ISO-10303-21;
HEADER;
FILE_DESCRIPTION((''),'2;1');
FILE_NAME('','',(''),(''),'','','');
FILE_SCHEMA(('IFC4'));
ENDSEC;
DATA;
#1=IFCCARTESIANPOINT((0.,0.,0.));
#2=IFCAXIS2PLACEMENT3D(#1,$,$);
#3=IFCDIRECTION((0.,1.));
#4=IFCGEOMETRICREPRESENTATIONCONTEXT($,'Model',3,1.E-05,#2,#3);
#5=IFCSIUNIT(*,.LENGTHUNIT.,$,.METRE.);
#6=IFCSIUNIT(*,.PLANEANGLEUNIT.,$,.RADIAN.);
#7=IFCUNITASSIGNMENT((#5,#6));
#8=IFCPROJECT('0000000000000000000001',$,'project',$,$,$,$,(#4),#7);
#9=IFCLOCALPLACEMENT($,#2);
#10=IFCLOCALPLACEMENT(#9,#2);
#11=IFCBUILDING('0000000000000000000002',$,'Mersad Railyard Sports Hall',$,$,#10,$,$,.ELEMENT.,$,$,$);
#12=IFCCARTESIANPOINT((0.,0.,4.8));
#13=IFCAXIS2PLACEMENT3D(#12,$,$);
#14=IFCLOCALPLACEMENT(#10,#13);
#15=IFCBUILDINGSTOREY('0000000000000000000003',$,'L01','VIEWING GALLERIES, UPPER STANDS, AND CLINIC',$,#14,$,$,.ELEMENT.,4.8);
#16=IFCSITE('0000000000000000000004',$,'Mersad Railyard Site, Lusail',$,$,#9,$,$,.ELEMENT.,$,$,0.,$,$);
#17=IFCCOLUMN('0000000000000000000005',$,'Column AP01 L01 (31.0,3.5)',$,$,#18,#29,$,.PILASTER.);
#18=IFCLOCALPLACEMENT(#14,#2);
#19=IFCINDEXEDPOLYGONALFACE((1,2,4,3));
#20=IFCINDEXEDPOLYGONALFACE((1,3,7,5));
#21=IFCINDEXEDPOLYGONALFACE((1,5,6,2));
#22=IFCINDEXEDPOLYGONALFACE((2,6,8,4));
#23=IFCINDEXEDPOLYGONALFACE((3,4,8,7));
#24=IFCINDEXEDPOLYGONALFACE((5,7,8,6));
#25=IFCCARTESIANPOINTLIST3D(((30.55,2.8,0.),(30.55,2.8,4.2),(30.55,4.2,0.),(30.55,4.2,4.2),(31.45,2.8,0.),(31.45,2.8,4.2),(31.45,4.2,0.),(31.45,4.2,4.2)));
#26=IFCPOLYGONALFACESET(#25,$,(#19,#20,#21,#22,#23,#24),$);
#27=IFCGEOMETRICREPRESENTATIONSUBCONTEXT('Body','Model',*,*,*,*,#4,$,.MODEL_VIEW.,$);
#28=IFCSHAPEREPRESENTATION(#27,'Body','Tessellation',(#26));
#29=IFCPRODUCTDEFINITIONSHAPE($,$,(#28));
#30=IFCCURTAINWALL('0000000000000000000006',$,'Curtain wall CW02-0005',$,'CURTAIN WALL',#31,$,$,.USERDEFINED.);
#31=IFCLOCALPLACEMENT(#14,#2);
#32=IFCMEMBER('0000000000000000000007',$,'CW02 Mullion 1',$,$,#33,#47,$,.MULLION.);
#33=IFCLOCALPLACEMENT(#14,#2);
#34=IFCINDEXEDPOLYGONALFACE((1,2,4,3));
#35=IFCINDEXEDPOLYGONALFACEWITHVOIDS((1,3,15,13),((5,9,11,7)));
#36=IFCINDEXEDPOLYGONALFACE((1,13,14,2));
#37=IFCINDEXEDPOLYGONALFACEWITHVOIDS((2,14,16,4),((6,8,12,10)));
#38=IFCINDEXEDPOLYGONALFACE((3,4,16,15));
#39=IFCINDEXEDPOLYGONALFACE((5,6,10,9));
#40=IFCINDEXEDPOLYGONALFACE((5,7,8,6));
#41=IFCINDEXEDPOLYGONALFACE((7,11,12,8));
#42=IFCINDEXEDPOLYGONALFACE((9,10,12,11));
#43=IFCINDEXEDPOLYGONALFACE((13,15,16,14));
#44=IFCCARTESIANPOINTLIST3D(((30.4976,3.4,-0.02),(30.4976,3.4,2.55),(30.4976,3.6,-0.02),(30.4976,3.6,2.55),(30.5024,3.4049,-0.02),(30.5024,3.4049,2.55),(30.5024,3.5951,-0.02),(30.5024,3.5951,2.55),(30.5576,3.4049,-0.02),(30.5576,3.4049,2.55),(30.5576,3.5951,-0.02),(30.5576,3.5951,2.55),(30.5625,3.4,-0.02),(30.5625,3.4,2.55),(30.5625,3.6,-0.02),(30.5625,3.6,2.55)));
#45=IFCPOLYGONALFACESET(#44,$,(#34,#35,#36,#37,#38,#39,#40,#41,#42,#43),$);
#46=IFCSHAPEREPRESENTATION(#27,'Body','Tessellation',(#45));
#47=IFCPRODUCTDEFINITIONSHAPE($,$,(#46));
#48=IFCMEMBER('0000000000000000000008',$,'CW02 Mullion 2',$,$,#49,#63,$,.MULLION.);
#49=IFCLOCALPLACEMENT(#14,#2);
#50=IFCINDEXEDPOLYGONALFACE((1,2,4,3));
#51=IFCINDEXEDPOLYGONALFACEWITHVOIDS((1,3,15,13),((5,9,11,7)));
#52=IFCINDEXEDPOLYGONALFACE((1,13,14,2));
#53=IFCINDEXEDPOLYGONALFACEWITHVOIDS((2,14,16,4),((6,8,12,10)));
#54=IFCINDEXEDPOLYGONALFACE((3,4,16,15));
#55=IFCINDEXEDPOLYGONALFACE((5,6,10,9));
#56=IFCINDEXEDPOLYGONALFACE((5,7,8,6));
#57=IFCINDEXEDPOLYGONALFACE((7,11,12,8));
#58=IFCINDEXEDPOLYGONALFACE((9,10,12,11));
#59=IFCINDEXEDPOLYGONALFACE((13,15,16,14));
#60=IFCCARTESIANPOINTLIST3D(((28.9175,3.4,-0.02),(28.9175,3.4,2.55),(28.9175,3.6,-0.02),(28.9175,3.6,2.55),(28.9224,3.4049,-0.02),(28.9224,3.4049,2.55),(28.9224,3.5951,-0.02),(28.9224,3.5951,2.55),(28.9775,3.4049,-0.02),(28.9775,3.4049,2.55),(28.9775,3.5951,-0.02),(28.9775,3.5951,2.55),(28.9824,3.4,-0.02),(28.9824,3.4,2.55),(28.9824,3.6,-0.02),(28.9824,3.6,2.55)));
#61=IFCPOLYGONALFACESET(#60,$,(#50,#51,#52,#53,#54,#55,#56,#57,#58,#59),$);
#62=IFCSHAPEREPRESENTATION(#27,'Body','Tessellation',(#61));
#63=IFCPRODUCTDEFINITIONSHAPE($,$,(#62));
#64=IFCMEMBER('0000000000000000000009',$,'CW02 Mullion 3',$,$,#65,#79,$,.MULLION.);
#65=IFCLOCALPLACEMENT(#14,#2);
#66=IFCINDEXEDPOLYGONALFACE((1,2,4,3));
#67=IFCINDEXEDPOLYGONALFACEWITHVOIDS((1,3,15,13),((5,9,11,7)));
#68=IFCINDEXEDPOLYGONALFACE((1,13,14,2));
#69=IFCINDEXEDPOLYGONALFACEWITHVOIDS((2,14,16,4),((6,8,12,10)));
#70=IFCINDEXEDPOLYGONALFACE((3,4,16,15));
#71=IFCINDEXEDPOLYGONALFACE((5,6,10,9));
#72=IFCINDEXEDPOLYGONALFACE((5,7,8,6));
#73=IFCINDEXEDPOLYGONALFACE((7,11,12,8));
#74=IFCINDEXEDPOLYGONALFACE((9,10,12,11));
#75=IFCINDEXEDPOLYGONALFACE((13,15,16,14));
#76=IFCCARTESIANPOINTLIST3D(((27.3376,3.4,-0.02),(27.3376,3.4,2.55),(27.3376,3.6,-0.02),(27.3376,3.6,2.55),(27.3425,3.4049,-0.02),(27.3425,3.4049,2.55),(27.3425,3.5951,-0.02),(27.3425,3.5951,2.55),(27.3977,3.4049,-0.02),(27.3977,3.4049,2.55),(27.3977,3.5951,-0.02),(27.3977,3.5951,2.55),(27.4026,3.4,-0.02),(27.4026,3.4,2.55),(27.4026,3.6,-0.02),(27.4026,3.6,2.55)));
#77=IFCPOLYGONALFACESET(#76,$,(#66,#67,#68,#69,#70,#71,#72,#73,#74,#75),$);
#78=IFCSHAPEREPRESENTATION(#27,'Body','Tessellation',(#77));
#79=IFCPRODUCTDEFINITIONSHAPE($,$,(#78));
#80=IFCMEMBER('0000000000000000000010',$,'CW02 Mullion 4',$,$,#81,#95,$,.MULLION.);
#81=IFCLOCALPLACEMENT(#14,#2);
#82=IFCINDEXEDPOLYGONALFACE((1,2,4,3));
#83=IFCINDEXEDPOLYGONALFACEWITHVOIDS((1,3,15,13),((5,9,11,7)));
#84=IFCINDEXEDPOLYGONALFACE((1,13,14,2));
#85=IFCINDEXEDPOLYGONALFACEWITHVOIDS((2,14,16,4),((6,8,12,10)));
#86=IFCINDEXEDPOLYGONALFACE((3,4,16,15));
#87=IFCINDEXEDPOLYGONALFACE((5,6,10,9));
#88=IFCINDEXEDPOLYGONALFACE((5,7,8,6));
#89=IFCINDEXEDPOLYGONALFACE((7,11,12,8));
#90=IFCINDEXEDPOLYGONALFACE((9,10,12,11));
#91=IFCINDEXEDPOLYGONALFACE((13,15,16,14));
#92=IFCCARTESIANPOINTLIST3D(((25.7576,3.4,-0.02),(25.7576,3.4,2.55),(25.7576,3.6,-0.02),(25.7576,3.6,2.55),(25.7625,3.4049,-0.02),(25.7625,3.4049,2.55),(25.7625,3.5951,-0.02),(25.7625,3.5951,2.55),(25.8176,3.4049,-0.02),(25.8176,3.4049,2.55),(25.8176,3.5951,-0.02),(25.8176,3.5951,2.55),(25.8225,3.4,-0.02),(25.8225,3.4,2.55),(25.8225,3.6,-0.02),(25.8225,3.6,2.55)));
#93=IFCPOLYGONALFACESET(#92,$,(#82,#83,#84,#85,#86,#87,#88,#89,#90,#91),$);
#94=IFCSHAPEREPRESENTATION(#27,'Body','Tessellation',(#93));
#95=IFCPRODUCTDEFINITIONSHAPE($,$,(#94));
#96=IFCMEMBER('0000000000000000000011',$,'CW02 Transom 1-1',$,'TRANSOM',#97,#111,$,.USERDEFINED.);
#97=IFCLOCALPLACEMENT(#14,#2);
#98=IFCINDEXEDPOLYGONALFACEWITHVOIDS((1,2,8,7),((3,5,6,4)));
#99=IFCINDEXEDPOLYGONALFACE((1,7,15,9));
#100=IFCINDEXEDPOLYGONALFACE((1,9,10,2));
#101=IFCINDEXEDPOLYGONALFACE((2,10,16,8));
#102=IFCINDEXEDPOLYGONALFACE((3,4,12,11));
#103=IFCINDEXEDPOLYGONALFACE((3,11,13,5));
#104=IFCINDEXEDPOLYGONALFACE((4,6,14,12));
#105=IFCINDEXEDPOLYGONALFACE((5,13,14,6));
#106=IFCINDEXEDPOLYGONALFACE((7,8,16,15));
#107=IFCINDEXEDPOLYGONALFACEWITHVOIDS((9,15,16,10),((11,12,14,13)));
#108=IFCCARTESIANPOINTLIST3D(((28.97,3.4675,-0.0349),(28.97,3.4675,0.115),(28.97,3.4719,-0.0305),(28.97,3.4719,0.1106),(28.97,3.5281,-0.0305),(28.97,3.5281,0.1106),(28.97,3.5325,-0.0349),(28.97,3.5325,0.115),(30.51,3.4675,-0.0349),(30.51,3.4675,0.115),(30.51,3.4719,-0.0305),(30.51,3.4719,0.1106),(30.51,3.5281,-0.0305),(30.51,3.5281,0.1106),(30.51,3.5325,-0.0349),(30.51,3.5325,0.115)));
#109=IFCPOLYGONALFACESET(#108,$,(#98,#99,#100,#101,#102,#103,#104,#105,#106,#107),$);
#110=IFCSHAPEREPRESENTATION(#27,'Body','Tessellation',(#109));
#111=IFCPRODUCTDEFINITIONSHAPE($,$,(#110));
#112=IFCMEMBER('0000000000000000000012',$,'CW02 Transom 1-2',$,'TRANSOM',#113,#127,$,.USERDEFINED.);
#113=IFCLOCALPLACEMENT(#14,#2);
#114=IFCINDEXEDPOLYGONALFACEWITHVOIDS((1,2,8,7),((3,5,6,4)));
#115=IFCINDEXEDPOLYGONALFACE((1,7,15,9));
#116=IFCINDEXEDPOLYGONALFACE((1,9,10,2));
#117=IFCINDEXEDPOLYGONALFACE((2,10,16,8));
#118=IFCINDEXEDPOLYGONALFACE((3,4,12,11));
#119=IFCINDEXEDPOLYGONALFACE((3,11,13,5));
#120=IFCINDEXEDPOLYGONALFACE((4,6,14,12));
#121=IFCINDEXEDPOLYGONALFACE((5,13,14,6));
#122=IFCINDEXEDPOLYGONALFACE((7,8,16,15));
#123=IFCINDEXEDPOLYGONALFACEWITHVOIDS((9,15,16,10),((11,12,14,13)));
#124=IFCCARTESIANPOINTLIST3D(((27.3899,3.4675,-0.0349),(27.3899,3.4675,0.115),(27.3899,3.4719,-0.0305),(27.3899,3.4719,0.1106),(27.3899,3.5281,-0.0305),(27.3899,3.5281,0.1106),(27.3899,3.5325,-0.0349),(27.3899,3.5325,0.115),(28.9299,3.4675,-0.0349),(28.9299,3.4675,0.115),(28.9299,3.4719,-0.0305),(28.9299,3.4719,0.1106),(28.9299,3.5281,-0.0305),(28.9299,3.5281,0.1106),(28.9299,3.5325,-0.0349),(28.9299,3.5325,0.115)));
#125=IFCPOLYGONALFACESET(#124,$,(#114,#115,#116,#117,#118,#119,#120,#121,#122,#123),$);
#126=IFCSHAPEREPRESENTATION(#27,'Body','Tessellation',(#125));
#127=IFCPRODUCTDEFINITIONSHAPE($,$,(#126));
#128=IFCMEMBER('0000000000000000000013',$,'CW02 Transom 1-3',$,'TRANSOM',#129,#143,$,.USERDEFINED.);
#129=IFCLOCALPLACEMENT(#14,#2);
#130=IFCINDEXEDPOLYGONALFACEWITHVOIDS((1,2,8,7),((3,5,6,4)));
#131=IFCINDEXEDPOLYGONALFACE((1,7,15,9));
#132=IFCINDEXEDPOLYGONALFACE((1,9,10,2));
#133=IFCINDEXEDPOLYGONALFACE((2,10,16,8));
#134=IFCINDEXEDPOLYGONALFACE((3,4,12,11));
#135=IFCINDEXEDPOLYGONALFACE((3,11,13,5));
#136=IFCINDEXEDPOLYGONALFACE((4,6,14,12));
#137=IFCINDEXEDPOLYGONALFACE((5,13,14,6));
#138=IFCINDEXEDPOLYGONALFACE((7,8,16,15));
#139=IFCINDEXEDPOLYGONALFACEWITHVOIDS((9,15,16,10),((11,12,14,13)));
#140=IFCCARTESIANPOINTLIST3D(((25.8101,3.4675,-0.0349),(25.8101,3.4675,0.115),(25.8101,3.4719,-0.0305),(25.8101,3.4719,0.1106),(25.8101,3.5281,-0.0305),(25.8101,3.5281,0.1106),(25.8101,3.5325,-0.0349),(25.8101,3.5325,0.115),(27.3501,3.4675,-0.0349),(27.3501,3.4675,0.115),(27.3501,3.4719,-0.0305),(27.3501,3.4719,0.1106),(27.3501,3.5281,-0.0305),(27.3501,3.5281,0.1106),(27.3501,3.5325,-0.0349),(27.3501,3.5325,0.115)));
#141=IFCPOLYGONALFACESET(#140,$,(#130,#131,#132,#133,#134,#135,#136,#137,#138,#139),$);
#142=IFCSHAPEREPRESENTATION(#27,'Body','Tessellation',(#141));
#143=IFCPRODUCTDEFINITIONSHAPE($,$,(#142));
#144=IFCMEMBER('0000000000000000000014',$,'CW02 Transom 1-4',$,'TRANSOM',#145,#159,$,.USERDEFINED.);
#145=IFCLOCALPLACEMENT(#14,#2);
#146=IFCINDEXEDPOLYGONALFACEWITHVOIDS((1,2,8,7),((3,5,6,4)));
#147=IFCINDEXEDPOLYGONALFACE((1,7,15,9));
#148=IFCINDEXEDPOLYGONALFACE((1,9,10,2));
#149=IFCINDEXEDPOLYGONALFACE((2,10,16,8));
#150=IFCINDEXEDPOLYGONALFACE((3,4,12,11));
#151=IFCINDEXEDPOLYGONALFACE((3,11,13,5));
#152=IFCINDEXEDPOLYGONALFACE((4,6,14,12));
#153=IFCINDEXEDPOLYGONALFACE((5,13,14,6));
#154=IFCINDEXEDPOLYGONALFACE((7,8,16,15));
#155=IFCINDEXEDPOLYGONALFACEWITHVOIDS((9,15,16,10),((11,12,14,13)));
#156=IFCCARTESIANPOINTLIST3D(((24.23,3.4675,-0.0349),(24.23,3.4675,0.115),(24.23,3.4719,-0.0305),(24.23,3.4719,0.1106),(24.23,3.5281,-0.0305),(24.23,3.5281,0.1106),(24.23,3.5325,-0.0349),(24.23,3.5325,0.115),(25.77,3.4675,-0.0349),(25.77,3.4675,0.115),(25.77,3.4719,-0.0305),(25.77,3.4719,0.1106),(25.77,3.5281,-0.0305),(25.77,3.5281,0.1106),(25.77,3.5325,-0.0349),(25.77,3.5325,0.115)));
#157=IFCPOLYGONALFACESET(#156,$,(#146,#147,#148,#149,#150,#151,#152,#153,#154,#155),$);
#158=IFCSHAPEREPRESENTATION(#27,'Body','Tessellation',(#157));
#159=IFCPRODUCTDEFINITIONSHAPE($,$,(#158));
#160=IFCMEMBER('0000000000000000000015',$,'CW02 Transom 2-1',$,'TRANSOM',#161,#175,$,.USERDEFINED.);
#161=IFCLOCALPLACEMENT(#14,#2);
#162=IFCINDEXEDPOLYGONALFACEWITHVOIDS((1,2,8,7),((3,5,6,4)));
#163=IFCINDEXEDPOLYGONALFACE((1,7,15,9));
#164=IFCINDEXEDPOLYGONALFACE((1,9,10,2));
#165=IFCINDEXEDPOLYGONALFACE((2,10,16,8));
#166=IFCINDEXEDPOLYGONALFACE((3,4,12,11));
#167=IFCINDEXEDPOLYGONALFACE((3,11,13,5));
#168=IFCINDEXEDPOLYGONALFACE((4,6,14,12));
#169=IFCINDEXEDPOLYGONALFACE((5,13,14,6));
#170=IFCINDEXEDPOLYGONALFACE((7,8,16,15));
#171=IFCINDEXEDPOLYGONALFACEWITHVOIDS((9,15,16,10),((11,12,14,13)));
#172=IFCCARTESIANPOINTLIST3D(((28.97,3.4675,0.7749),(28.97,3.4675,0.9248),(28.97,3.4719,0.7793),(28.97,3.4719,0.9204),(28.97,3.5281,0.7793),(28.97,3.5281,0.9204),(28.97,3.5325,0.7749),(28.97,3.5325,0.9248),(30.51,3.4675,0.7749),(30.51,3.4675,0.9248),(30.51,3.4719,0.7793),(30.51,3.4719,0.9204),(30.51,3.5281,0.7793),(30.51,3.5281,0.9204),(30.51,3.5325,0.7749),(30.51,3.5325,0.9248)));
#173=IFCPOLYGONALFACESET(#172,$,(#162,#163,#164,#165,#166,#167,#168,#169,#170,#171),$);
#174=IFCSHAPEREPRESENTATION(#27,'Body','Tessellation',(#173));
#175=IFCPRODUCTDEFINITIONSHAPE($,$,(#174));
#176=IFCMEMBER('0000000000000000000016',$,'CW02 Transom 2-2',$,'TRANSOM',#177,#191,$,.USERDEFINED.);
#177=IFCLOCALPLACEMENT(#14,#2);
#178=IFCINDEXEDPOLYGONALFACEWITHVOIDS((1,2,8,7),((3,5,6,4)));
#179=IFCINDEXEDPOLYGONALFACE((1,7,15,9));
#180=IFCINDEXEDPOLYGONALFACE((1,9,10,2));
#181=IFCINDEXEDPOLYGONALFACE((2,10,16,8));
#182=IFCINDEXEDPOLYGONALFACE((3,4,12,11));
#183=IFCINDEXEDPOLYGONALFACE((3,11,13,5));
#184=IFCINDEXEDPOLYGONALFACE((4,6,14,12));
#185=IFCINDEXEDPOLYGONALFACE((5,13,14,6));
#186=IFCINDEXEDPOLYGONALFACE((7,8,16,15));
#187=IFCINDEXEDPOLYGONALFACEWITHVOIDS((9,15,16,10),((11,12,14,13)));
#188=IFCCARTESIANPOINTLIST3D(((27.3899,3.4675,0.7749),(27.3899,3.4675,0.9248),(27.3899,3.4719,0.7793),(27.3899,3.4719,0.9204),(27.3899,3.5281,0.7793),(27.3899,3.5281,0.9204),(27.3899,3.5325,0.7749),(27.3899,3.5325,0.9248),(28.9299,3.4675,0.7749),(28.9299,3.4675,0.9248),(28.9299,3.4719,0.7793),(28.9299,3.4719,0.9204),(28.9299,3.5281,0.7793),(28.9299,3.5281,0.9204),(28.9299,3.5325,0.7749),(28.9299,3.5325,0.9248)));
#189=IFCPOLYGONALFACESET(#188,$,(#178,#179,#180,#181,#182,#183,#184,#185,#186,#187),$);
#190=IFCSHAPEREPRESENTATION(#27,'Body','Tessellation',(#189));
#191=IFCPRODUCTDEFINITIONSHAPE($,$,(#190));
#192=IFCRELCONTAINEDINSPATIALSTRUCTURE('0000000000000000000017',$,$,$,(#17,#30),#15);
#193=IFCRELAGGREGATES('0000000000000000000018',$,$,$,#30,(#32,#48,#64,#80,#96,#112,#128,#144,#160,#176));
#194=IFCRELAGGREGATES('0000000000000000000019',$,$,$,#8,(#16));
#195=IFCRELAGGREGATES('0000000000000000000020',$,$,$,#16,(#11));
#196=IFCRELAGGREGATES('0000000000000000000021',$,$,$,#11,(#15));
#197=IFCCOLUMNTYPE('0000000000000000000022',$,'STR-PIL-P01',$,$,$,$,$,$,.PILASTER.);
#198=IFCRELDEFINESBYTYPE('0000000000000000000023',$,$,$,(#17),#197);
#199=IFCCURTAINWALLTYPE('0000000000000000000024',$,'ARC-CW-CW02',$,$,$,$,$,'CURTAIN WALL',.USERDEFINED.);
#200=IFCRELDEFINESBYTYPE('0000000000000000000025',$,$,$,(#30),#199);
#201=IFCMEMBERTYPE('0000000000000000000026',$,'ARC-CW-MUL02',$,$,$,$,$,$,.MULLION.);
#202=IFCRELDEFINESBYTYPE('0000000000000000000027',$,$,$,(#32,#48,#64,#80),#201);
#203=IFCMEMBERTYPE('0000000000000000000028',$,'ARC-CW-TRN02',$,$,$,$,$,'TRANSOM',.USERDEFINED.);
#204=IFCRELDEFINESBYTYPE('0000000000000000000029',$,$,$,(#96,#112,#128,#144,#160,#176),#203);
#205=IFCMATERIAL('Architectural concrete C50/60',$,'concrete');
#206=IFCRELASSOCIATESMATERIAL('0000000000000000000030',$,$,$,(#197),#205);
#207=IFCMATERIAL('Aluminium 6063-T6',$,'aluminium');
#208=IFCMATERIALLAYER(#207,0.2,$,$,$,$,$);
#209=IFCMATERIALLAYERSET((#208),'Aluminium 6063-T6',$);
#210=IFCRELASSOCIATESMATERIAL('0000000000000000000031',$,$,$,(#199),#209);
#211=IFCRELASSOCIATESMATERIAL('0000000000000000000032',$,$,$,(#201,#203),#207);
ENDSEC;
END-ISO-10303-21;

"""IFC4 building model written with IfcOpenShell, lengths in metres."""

from ifc_helpers import new_model, si_unit, direction, frame, origin, origin_2d, place, context, subcontext, project, spatial, rectangle, hollow_rectangle, extrude, material, layer, layer_set, material_profile, profile_set, type_object, element, aggregate, save


model = new_model("IFC4")

# Units and contexts
model_context = context("Model", 3, precision=1e-05, world=origin(), true_north=direction((0.0, 1.0)))
body_context = subcontext(model_context, "Body", "Model", "MODEL_VIEW")
ifc_project = project(units=[si_unit("LENGTHUNIT", "METRE"), si_unit("PLANEANGLEUNIT", "RADIAN")], contexts=[model_context])

# Site, building, storey
site_placement = place(None, origin())
site = spatial("IfcSite", under=ifc_project, at=site_placement, Name="Mersad Railyard Site, Lusail", CompositionType="ELEMENT", RefElevation=0.0)
building_placement = place(site_placement, origin())
building = spatial("IfcBuilding", under=site, at=building_placement, Name="Mersad Railyard Sports Hall", CompositionType="ELEMENT")
storey_placement = place(building_placement, frame((0.0, 0.0, 4.8)))
storey = spatial("IfcBuildingStorey", under=building, at=storey_placement, Name="L01", Description="VIEWING GALLERIES, UPPER STANDS, AND CLINIC", CompositionType="ELEMENT", Elevation=4.8)

# Column
ifc_material_1 = material(Name="Architectural concrete C50/60", Category="concrete")
ifc_material_profile_1 = material_profile(ifc_material_1, rectangle(XDim=0.8999, YDim=1.3999, at=origin_2d()), Name="RC 900x1400")
ifc_profile_set_1 = profile_set([ifc_material_profile_1], Name="Architectural concrete C50/60")
column_type = type_object("IfcColumnType", Name="STR-PIL-P01", PredefinedType="PILASTER", material=ifc_profile_set_1)
column_placement = place(storey_placement, frame((31.0, 3.5, 0.0), z_axis=(0.0, 0.0, 1.0), x_axis=(1.0, 0.0, 0.0)))
element("IfcColumn", 1, at=column_placement, inside=storey, type_object=column_type, Name="Column AP01 L01 (31.0,3.5)", PredefinedType="PILASTER", context=body_context, shape_type="SweptSolid", body=[
    extrude(rectangle(XDim=0.8999, YDim=1.3999, at=origin_2d()), origin(), (0.0, 0.0, 1.0), 4.2),
])

# Curtain wall, members
ifc_material_2 = material(Name="Aluminium 6063-T6", Category="aluminium")
ifc_layer_1 = layer(ifc_material_2, 0.2)
ifc_layer_set_1 = layer_set([ifc_layer_1], Name="Aluminium 6063-T6")
curtain_wall_type = type_object("IfcCurtainWallType", Name="ARC-CW-CW02", ElementType="CURTAIN WALL", PredefinedType="USERDEFINED", material=ifc_layer_set_1)
curtain_wall_placement = place(storey_placement, origin())
curtain_wall = element("IfcCurtainWall", 2, at=curtain_wall_placement, inside=storey, type_object=curtain_wall_type, Name="Curtain wall CW02-0005", ObjectType="CURTAIN WALL", PredefinedType="USERDEFINED")
ifc_material_profile_2 = material_profile(ifc_material_2, hollow_rectangle(XDim=0.0649, YDim=0.2, WallThickness=0.0049, at=origin_2d()), Name="AL MULLION 65x200x5")
ifc_profile_set_2 = profile_set([ifc_material_profile_2], Name="Aluminium 6063-T6")
member_type_1 = type_object("IfcMemberType", Name="ARC-CW-MUL02", PredefinedType="MULLION", material=ifc_profile_set_2)
member_1_placement = place(storey_placement, frame((30.53, 3.5, -0.02), z_axis=(0.0, 0.0, 1.0), x_axis=(1.0, 0.0, 0.0)))
member_1 = element("IfcMember", 3, at=member_1_placement, type_object=member_type_1, Name="CW02 Mullion 1", PredefinedType="MULLION", context=body_context, shape_type="SweptSolid", body=[
    extrude(hollow_rectangle(XDim=0.0649, YDim=0.2, WallThickness=0.0049, at=origin_2d()), origin(), (0.0, 0.0, 1.0), 2.5701),
])
member_2_placement = place(storey_placement, frame((28.95, 3.5, -0.02), z_axis=(0.0, 0.0, 1.0), x_axis=(1.0, 0.0, 0.0)))
member_2 = element("IfcMember", 4, at=member_2_placement, type_object=member_type_1, Name="CW02 Mullion 2", PredefinedType="MULLION", context=body_context, shape_type="SweptSolid", body=[
    extrude(hollow_rectangle(XDim=0.0649, YDim=0.2, WallThickness=0.0049, at=origin_2d()), origin(), (0.0, 0.0, 1.0), 2.5701),
])
member_3_placement = place(storey_placement, frame((27.3701, 3.5, -0.02), z_axis=(0.0, 0.0, 1.0), x_axis=(1.0, 0.0, 0.0)))
member_3 = element("IfcMember", 5, at=member_3_placement, type_object=member_type_1, Name="CW02 Mullion 3", PredefinedType="MULLION", context=body_context, shape_type="SweptSolid", body=[
    extrude(hollow_rectangle(XDim=0.0649, YDim=0.2, WallThickness=0.0049, at=origin_2d()), origin(), (0.0, 0.0, 1.0), 2.5701),
])
member_4_placement = place(storey_placement, frame((25.79, 3.5, -0.02), z_axis=(0.0, 0.0, 1.0), x_axis=(1.0, 0.0, 0.0)))
member_4 = element("IfcMember", 6, at=member_4_placement, type_object=member_type_1, Name="CW02 Mullion 4", PredefinedType="MULLION", context=body_context, shape_type="SweptSolid", body=[
    extrude(hollow_rectangle(XDim=0.0649, YDim=0.2, WallThickness=0.0049, at=origin_2d()), origin(), (0.0, 0.0, 1.0), 2.5701),
])
ifc_material_profile_3 = material_profile(ifc_material_2, hollow_rectangle(XDim=0.0649, YDim=0.1499, WallThickness=0.0044, at=origin_2d()), Name="AL TRANSOM 65x150x4.5")
ifc_profile_set_3 = profile_set([ifc_material_profile_3], Name="Aluminium 6063-T6")
member_type_2 = type_object("IfcMemberType", Name="ARC-CW-TRN02", ElementType="TRANSOM", PredefinedType="USERDEFINED", material=ifc_profile_set_3)
member_5_placement = place(storey_placement, frame((30.51, 3.5, 0.04), z_axis=(-1.0, 0.0, 0.0), x_axis=(0.0, -1.0, 0.0)))
member_5 = element("IfcMember", 7, at=member_5_placement, type_object=member_type_2, Name="CW02 Transom 1-1", ObjectType="TRANSOM", PredefinedType="USERDEFINED", context=body_context, shape_type="SweptSolid", body=[
    extrude(hollow_rectangle(XDim=0.0649, YDim=0.1499, WallThickness=0.0044, at=origin_2d()), origin(), (0.0, 0.0, 1.0), 1.54),
])
member_6_placement = place(storey_placement, frame((28.9299, 3.5, 0.04), z_axis=(-1.0, 0.0, 0.0), x_axis=(0.0, -1.0, 0.0)))
member_6 = element("IfcMember", 8, at=member_6_placement, type_object=member_type_2, Name="CW02 Transom 1-2", ObjectType="TRANSOM", PredefinedType="USERDEFINED", context=body_context, shape_type="SweptSolid", body=[
    extrude(hollow_rectangle(XDim=0.0649, YDim=0.1499, WallThickness=0.0044, at=origin_2d()), origin(), (0.0, 0.0, 1.0), 1.54),
])
member_7_placement = place(storey_placement, frame((27.3501, 3.5, 0.04), z_axis=(-1.0, 0.0, 0.0), x_axis=(0.0, -1.0, 0.0)))
member_7 = element("IfcMember", 9, at=member_7_placement, type_object=member_type_2, Name="CW02 Transom 1-3", ObjectType="TRANSOM", PredefinedType="USERDEFINED", context=body_context, shape_type="SweptSolid", body=[
    extrude(hollow_rectangle(XDim=0.0649, YDim=0.1499, WallThickness=0.0044, at=origin_2d()), origin(), (0.0, 0.0, 1.0), 1.54),
])
member_8_placement = place(storey_placement, frame((25.77, 3.5, 0.04), z_axis=(-1.0, 0.0, 0.0), x_axis=(0.0, -1.0, 0.0)))
member_8 = element("IfcMember", 10, at=member_8_placement, type_object=member_type_2, Name="CW02 Transom 1-4", ObjectType="TRANSOM", PredefinedType="USERDEFINED", context=body_context, shape_type="SweptSolid", body=[
    extrude(hollow_rectangle(XDim=0.0649, YDim=0.1499, WallThickness=0.0044, at=origin_2d()), origin(), (0.0, 0.0, 1.0), 1.54),
])
member_9_placement = place(storey_placement, frame((30.51, 3.5, 0.8499), z_axis=(-1.0, 0.0, 0.0), x_axis=(0.0, -1.0, 0.0)))
member_9 = element("IfcMember", 11, at=member_9_placement, type_object=member_type_2, Name="CW02 Transom 2-1", ObjectType="TRANSOM", PredefinedType="USERDEFINED", context=body_context, shape_type="SweptSolid", body=[
    extrude(hollow_rectangle(XDim=0.0649, YDim=0.1499, WallThickness=0.0044, at=origin_2d()), origin(), (0.0, 0.0, 1.0), 1.54),
])
member_10_placement = place(storey_placement, frame((28.9299, 3.5, 0.8499), z_axis=(-1.0, 0.0, 0.0), x_axis=(0.0, -1.0, 0.0)))
member_10 = element("IfcMember", 12, at=member_10_placement, type_object=member_type_2, Name="CW02 Transom 2-2", ObjectType="TRANSOM", PredefinedType="USERDEFINED", context=body_context, shape_type="SweptSolid", body=[
    extrude(hollow_rectangle(XDim=0.0649, YDim=0.1499, WallThickness=0.0044, at=origin_2d()), origin(), (0.0, 0.0, 1.0), 1.54),
])

aggregate(curtain_wall, [member_1, member_2, member_3, member_4, member_5, member_6, member_7, member_8, member_9, member_10])

save(model, "model.ifc")
